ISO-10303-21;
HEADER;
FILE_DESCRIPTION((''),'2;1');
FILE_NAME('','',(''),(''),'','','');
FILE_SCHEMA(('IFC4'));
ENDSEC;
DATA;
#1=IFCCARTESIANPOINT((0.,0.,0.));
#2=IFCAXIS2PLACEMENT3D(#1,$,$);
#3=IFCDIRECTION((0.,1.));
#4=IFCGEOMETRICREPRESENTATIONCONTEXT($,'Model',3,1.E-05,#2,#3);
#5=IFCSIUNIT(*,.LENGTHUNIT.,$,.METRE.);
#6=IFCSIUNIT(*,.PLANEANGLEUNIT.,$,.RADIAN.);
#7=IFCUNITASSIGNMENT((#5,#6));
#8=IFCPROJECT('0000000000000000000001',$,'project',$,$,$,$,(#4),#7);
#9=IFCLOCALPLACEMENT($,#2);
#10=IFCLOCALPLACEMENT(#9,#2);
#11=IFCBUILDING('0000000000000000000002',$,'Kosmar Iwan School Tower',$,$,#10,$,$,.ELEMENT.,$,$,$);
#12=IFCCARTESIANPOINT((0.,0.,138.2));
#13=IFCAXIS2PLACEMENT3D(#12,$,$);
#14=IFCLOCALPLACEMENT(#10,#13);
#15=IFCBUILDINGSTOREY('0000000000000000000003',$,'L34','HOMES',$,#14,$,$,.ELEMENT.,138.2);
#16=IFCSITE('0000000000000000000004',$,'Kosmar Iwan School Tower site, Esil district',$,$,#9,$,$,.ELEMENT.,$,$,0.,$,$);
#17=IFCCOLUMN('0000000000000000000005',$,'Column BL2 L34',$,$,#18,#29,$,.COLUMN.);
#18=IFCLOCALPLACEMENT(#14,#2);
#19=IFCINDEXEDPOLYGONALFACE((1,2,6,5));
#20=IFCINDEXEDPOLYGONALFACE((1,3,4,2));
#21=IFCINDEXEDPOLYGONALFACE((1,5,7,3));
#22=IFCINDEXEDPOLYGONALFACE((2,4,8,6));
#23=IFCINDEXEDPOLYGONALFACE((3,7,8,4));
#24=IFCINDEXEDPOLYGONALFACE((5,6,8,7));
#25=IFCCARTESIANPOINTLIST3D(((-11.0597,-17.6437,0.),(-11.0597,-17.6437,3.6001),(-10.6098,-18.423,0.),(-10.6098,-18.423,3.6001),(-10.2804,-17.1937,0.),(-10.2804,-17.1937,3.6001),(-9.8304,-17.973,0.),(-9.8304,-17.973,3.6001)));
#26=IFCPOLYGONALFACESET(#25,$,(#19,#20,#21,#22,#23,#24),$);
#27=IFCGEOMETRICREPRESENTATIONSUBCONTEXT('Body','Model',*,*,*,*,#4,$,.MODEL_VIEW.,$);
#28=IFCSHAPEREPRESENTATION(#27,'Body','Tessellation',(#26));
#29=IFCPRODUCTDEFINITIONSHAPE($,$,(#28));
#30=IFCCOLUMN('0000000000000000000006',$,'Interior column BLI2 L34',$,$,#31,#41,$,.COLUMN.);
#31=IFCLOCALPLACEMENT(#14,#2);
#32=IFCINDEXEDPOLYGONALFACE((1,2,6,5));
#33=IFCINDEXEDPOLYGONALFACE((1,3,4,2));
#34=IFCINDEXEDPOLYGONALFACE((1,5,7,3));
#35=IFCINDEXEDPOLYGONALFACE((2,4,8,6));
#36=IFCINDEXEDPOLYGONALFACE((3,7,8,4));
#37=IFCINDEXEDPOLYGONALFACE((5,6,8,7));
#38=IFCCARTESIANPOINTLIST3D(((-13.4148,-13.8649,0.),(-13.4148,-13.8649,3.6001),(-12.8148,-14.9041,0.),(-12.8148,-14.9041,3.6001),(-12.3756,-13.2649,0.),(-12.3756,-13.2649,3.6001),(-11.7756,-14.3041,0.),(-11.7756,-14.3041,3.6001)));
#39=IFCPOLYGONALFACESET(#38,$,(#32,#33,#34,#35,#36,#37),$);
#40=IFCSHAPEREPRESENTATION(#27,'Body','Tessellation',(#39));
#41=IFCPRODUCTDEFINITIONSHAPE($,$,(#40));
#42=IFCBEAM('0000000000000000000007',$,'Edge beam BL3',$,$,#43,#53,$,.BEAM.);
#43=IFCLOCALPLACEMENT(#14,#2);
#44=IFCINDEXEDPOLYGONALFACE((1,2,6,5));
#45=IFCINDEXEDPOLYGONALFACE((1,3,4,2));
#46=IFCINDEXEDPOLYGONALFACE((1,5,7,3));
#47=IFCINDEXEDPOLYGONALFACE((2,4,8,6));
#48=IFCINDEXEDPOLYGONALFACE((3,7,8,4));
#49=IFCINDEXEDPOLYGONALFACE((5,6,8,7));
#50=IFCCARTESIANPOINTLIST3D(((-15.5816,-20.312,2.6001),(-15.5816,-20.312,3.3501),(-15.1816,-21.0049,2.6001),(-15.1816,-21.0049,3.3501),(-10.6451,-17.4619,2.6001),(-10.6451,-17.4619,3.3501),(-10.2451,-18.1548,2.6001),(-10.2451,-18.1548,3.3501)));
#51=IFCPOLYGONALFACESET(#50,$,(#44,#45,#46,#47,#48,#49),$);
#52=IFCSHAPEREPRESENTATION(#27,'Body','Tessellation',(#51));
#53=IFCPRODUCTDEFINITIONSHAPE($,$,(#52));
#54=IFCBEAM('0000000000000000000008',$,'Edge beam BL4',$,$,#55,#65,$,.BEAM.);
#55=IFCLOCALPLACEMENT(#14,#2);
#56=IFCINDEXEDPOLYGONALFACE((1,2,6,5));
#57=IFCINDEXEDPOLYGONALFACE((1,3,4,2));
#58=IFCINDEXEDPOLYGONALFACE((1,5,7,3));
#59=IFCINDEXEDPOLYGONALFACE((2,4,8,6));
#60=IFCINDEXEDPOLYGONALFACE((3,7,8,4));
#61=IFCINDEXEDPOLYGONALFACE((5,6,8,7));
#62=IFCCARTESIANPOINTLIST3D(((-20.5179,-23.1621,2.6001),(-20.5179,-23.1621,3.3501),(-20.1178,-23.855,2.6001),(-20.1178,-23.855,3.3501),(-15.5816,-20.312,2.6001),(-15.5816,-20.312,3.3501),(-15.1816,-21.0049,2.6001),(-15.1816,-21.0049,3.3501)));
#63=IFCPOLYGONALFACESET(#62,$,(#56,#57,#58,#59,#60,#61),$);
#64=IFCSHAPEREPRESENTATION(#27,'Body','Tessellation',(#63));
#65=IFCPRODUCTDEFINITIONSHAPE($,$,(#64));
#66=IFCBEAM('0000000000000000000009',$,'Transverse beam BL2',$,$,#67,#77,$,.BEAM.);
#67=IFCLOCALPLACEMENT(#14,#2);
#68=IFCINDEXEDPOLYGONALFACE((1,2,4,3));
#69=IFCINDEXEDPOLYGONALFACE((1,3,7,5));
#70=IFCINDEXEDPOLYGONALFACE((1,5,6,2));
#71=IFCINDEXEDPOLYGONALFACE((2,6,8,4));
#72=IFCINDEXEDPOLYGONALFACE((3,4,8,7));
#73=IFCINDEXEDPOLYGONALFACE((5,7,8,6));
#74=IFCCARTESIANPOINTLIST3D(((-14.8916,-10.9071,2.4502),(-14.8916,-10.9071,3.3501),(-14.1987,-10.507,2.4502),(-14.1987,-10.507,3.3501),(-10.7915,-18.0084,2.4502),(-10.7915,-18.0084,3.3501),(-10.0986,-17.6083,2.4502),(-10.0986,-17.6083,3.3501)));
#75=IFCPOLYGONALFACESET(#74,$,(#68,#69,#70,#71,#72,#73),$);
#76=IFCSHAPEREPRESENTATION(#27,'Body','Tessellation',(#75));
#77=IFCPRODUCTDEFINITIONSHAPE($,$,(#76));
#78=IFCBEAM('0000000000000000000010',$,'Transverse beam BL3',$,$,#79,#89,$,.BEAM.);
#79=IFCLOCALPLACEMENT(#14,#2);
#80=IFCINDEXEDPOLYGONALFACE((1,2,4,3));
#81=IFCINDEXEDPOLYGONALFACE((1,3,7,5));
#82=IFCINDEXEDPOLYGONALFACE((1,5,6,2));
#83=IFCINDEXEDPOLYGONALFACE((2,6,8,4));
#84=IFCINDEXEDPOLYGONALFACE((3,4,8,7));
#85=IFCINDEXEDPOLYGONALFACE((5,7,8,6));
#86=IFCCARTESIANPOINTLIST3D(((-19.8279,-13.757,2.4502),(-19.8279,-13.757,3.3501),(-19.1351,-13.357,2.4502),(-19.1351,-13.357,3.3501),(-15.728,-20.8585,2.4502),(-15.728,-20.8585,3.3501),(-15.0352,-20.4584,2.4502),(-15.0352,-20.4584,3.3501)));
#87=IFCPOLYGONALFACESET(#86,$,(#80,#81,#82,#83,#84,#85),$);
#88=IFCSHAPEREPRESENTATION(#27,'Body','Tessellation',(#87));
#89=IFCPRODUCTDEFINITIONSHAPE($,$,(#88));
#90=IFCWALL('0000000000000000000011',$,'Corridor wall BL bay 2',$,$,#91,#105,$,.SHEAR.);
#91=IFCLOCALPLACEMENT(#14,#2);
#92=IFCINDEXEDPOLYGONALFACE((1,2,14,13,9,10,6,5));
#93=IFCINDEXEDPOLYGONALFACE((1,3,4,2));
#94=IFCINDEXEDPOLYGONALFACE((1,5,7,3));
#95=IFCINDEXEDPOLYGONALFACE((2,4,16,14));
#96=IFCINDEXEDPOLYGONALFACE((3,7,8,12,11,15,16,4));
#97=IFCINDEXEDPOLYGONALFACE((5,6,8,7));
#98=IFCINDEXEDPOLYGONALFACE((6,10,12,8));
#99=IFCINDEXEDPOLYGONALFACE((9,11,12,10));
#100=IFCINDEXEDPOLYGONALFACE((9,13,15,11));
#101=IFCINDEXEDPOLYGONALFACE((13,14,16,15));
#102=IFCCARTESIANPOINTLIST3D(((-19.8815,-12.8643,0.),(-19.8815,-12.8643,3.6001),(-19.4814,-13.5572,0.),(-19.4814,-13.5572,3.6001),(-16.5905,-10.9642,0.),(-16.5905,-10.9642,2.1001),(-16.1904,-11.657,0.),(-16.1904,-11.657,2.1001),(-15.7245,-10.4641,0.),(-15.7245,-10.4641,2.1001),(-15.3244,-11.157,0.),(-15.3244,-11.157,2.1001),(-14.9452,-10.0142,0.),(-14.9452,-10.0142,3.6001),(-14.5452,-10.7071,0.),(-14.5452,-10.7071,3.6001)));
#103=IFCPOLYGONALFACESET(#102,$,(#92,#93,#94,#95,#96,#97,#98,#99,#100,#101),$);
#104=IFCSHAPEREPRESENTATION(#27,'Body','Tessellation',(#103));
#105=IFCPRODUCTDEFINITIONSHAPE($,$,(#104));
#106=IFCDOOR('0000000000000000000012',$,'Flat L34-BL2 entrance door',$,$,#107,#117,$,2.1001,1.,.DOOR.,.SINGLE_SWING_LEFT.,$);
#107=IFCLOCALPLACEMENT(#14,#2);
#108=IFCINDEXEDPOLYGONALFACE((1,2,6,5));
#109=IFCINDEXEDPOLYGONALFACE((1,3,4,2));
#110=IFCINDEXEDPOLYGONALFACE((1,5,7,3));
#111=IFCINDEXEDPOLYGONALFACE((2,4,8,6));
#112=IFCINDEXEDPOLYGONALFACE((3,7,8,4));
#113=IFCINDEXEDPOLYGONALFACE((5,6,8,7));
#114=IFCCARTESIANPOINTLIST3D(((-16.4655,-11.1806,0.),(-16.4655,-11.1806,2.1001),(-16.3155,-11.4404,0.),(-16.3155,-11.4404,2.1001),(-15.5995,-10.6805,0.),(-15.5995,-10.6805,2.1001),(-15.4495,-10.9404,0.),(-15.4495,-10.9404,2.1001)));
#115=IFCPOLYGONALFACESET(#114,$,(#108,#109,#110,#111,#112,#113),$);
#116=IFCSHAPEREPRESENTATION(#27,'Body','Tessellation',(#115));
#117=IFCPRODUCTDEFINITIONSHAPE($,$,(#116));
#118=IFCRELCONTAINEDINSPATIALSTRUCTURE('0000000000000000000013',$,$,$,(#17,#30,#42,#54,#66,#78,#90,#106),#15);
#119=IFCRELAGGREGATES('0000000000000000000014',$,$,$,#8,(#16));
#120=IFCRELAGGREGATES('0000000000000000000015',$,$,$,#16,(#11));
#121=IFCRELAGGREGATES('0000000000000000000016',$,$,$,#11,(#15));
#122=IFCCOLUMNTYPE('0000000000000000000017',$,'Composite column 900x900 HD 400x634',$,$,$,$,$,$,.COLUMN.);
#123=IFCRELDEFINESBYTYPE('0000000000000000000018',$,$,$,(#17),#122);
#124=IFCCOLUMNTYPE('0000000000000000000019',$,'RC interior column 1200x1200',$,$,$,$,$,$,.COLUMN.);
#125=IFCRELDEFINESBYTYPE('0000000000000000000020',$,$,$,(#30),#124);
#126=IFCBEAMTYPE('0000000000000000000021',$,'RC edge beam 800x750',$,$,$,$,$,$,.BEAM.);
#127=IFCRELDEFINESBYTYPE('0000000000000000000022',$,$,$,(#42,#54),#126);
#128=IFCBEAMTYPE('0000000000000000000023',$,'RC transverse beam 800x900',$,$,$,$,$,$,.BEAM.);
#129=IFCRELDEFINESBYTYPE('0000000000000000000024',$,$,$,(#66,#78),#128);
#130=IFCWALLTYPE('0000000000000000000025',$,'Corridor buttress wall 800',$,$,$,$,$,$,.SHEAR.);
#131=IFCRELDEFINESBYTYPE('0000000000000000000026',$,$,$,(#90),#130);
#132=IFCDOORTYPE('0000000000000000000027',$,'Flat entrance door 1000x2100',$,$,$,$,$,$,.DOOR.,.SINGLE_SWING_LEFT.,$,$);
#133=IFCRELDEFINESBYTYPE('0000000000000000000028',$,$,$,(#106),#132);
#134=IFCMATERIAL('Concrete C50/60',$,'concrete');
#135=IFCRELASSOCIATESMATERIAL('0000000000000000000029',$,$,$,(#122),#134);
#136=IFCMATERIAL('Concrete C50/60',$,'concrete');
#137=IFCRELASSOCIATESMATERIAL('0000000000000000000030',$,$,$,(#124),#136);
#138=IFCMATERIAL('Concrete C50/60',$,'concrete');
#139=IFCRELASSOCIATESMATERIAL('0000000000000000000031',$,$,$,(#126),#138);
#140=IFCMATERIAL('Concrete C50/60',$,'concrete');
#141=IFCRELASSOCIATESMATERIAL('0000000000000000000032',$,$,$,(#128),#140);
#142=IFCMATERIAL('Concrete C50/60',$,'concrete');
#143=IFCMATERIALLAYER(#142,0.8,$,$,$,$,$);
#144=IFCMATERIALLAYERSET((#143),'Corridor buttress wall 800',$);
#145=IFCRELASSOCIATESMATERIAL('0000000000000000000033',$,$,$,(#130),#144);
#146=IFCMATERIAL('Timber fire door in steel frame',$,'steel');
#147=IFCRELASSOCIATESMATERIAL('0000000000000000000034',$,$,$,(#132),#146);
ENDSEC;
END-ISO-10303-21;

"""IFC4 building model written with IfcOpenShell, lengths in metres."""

from ifc_helpers import new_model, si_unit, direction, frame, frame_2d, origin, origin_2d, place, context, subcontext, project, spatial, rectangle, extrude, material, layer, layer_set, material_profile, profile_set, type_object, element, fill, save


model = new_model("IFC4")

# Units and contexts
model_context = context("Model", 3, precision=1e-05, world=origin(), true_north=direction((0.0, 1.0)))
body_context = subcontext(model_context, "Body", "Model", "MODEL_VIEW")
ifc_project = project(units=[si_unit("LENGTHUNIT", "METRE"), si_unit("PLANEANGLEUNIT", "RADIAN")], contexts=[model_context])

# Site, building, storey
site_placement = place(None, origin())
site = spatial("IfcSite", under=ifc_project, at=site_placement, Name="Kosmar Iwan School Tower site, Esil district", CompositionType="ELEMENT", RefElevation=0.0)
building_placement = place(site_placement, origin())
building = spatial("IfcBuilding", under=site, at=building_placement, Name="Kosmar Iwan School Tower", CompositionType="ELEMENT")
storey_placement = place(building_placement, frame((0.0, 0.0, 138.2)))
storey = spatial("IfcBuildingStorey", under=building, at=storey_placement, Name="L34", Description="HOMES", CompositionType="ELEMENT", Elevation=138.2)

# Columns
ifc_material_1 = material(Name="Concrete C50/60", Category="concrete")
ifc_material_profile_1 = material_profile(ifc_material_1, rectangle(XDim=0.8999, YDim=0.8999, at=origin_2d()), Name="RC 900x900 + HD 400x634")
ifc_profile_set_1 = profile_set([ifc_material_profile_1], Name="Concrete C50/60")
column_type_1 = type_object("IfcColumnType", Name="Composite column 900x900 HD 400x634", PredefinedType="COLUMN", material=ifc_profile_set_1)
column_1_placement = place(storey_placement, frame((-10.4451, -17.8083, 0.0), z_axis=(0.0, 0.0, 1.0), x_axis=(-0.866025, -0.5, 0.0)))
element("IfcColumn", 1, at=column_1_placement, inside=storey, type_object=column_type_1, Name="Column BL2 L34", PredefinedType="COLUMN", context=body_context, shape_type="SweptSolid", body=[
    extrude(rectangle(XDim=0.8999, YDim=0.8999, at=origin_2d()), origin(), (0.0, 0.0, 1.0), 3.6001),
])
ifc_material_2 = material(Name="Concrete C50/60", Category="concrete")
ifc_material_profile_2 = material_profile(ifc_material_2, rectangle(XDim=1.2, YDim=1.2, at=origin_2d()), Name="RC 1200x1200")
ifc_profile_set_2 = profile_set([ifc_material_profile_2], Name="Concrete C50/60")
column_type_2 = type_object("IfcColumnType", Name="RC interior column 1200x1200", PredefinedType="COLUMN", material=ifc_profile_set_2)
column_2_placement = place(storey_placement, frame((-12.5952, -14.0845, 0.0), z_axis=(0.0, 0.0, 1.0), x_axis=(-0.866025, -0.5, 0.0)))
element("IfcColumn", 2, at=column_2_placement, inside=storey, type_object=column_type_2, Name="Interior column BLI2 L34", PredefinedType="COLUMN", context=body_context, shape_type="SweptSolid", body=[
    extrude(rectangle(XDim=1.2, YDim=1.2, at=origin_2d()), origin(), (0.0, 0.0, 1.0), 3.6001),
])

# Beams
ifc_material_3 = material(Name="Concrete C50/60", Category="concrete")
ifc_material_profile_3 = material_profile(ifc_material_3, rectangle(XDim=0.8, YDim=0.75, at=origin_2d()), Name="RC 800x750")
ifc_profile_set_3 = profile_set([ifc_material_profile_3], Name="Concrete C50/60")
beam_type_1 = type_object("IfcBeamType", Name="RC edge beam 800x750", PredefinedType="BEAM", material=ifc_profile_set_3)
beam_1_placement = place(storey_placement, frame((-10.4451, -17.8083, 2.9751), z_axis=(-0.866026, -0.499999, 0.0), x_axis=(0.499999, -0.866026, 0.0)))
element("IfcBeam", 3, at=beam_1_placement, inside=storey, type_object=beam_type_1, Name="Edge beam BL3", PredefinedType="BEAM", context=body_context, shape_type="SweptSolid", body=[
    extrude(rectangle(XDim=0.8, YDim=0.75, at=origin_2d()), origin(), (0.0, 0.0, 1.0), 5.7002),
])
beam_2_placement = place(storey_placement, frame((-15.3816, -20.6584, 2.9751), z_axis=(-0.866015, -0.500018, 0.0), x_axis=(0.500018, -0.866015, 0.0)))
element("IfcBeam", 4, at=beam_2_placement, inside=storey, type_object=beam_type_1, Name="Edge beam BL4", PredefinedType="BEAM", context=body_context, shape_type="SweptSolid", body=[
    extrude(rectangle(XDim=0.8, YDim=0.75, at=origin_2d()), origin(), (0.0, 0.0, 1.0), 5.7),
])
ifc_material_4 = material(Name="Concrete C50/60", Category="concrete")
ifc_material_profile_4 = material_profile(ifc_material_4, rectangle(XDim=0.8, YDim=0.8999, at=origin_2d()), Name="RC 800x900")
ifc_profile_set_4 = profile_set([ifc_material_profile_4], Name="Concrete C50/60")
beam_type_2 = type_object("IfcBeamType", Name="RC transverse beam 800x900", PredefinedType="BEAM", material=ifc_profile_set_4)
for number, where, z_axis, x_axis, name in (
    (5, (-10.4451, -17.8083, 2.9001), (-0.500014, 0.866018, 0.0), (-0.866018, -0.500014, 0.0), "Transverse beam BL2"),
    (6, (-15.3816, -20.6584, 2.9001), (-0.499991, 0.86603, 0.0), (-0.86603, -0.499991, 0.0), "Transverse beam BL3"),
):
    element("IfcBeam", number, at=place(storey_placement, frame(where, z_axis=z_axis, x_axis=x_axis)), inside=storey, type_object=beam_type_2, Name=name, PredefinedType="BEAM", context=body_context, shape_type="SweptSolid", body=[
        extrude(rectangle(XDim=0.8, YDim=0.8999, at=origin_2d()), origin(), (0.0, 0.0, 1.0), 8.2),
    ])

# Wall, opening, door
ifc_material_5 = material(Name="Concrete C50/60", Category="concrete")
ifc_layer_1 = layer(ifc_material_5, 0.8)
ifc_layer_set_1 = layer_set([ifc_layer_1], Name="Corridor buttress wall 800")
wall_type_1 = type_object("IfcWallType", Name="Corridor buttress wall 800", PredefinedType="SHEAR", material=ifc_layer_set_1)
wall_1_placement = place(storey_placement, frame((-14.7451, -10.3606, 0.0), z_axis=(0.0, 0.0, 1.0), x_axis=(-0.866015, -0.500018, 0.0)))
wall_1 = element("IfcWall", 7, at=wall_1_placement, inside=storey, type_object=wall_type_1, Name="Corridor wall BL bay 2", PredefinedType="SHEAR", context=body_context, shape_type="SweptSolid", body=[
    extrude(rectangle(XDim=5.7, YDim=0.8, at=frame_2d((2.8501, 0.0))), origin(), (0.0, 0.0, 1.0), 3.6001),
])
opening_1_placement = place(wall_1_placement, frame((0.8999, 0.0, 0.0)))
opening_1 = element("IfcOpeningElement", 8, at=opening_1_placement, cuts=wall_1, PredefinedType="OPENING", context=body_context, shape_type="SweptSolid", body=[
    extrude(rectangle(XDim=1.0, YDim=2.1001, at=frame_2d((0.5, 1.05))), frame((0.0, 0.4121, 0.0), z_axis=(0.0, -1.0, 0.0), x_axis=(1.0, 0.0, 0.0)), (0.0, 0.0, 1.0), 0.824),
])
ifc_material_6 = material(Name="Timber fire door in steel frame", Category="steel")
door_type_1 = type_object("IfcDoorType", Name="Flat entrance door 1000x2100", OperationType="SINGLE_SWING_LEFT", PredefinedType="DOOR", material=ifc_material_6)
door_1_placement = place(opening_1_placement, origin())
door_1 = element("IfcDoor", 9, at=door_1_placement, inside=storey, type_object=door_type_1, Name="Flat L34-BL2 entrance door", OperationType="SINGLE_SWING_LEFT", OverallHeight=2.1001, OverallWidth=1.0, PredefinedType="DOOR", context=body_context, shape_type="SweptSolid", body=[
    extrude(rectangle(XDim=1.0, YDim=2.1001, at=frame_2d((0.5, 1.05))), frame((0.0, 0.1499, 0.0), z_axis=(0.0, -1.0, 0.0), x_axis=(1.0, 0.0, 0.0)), (0.0, 0.0, 1.0), 0.3),
])
fill(opening_1, door_1)

save(model, "model.ifc")
